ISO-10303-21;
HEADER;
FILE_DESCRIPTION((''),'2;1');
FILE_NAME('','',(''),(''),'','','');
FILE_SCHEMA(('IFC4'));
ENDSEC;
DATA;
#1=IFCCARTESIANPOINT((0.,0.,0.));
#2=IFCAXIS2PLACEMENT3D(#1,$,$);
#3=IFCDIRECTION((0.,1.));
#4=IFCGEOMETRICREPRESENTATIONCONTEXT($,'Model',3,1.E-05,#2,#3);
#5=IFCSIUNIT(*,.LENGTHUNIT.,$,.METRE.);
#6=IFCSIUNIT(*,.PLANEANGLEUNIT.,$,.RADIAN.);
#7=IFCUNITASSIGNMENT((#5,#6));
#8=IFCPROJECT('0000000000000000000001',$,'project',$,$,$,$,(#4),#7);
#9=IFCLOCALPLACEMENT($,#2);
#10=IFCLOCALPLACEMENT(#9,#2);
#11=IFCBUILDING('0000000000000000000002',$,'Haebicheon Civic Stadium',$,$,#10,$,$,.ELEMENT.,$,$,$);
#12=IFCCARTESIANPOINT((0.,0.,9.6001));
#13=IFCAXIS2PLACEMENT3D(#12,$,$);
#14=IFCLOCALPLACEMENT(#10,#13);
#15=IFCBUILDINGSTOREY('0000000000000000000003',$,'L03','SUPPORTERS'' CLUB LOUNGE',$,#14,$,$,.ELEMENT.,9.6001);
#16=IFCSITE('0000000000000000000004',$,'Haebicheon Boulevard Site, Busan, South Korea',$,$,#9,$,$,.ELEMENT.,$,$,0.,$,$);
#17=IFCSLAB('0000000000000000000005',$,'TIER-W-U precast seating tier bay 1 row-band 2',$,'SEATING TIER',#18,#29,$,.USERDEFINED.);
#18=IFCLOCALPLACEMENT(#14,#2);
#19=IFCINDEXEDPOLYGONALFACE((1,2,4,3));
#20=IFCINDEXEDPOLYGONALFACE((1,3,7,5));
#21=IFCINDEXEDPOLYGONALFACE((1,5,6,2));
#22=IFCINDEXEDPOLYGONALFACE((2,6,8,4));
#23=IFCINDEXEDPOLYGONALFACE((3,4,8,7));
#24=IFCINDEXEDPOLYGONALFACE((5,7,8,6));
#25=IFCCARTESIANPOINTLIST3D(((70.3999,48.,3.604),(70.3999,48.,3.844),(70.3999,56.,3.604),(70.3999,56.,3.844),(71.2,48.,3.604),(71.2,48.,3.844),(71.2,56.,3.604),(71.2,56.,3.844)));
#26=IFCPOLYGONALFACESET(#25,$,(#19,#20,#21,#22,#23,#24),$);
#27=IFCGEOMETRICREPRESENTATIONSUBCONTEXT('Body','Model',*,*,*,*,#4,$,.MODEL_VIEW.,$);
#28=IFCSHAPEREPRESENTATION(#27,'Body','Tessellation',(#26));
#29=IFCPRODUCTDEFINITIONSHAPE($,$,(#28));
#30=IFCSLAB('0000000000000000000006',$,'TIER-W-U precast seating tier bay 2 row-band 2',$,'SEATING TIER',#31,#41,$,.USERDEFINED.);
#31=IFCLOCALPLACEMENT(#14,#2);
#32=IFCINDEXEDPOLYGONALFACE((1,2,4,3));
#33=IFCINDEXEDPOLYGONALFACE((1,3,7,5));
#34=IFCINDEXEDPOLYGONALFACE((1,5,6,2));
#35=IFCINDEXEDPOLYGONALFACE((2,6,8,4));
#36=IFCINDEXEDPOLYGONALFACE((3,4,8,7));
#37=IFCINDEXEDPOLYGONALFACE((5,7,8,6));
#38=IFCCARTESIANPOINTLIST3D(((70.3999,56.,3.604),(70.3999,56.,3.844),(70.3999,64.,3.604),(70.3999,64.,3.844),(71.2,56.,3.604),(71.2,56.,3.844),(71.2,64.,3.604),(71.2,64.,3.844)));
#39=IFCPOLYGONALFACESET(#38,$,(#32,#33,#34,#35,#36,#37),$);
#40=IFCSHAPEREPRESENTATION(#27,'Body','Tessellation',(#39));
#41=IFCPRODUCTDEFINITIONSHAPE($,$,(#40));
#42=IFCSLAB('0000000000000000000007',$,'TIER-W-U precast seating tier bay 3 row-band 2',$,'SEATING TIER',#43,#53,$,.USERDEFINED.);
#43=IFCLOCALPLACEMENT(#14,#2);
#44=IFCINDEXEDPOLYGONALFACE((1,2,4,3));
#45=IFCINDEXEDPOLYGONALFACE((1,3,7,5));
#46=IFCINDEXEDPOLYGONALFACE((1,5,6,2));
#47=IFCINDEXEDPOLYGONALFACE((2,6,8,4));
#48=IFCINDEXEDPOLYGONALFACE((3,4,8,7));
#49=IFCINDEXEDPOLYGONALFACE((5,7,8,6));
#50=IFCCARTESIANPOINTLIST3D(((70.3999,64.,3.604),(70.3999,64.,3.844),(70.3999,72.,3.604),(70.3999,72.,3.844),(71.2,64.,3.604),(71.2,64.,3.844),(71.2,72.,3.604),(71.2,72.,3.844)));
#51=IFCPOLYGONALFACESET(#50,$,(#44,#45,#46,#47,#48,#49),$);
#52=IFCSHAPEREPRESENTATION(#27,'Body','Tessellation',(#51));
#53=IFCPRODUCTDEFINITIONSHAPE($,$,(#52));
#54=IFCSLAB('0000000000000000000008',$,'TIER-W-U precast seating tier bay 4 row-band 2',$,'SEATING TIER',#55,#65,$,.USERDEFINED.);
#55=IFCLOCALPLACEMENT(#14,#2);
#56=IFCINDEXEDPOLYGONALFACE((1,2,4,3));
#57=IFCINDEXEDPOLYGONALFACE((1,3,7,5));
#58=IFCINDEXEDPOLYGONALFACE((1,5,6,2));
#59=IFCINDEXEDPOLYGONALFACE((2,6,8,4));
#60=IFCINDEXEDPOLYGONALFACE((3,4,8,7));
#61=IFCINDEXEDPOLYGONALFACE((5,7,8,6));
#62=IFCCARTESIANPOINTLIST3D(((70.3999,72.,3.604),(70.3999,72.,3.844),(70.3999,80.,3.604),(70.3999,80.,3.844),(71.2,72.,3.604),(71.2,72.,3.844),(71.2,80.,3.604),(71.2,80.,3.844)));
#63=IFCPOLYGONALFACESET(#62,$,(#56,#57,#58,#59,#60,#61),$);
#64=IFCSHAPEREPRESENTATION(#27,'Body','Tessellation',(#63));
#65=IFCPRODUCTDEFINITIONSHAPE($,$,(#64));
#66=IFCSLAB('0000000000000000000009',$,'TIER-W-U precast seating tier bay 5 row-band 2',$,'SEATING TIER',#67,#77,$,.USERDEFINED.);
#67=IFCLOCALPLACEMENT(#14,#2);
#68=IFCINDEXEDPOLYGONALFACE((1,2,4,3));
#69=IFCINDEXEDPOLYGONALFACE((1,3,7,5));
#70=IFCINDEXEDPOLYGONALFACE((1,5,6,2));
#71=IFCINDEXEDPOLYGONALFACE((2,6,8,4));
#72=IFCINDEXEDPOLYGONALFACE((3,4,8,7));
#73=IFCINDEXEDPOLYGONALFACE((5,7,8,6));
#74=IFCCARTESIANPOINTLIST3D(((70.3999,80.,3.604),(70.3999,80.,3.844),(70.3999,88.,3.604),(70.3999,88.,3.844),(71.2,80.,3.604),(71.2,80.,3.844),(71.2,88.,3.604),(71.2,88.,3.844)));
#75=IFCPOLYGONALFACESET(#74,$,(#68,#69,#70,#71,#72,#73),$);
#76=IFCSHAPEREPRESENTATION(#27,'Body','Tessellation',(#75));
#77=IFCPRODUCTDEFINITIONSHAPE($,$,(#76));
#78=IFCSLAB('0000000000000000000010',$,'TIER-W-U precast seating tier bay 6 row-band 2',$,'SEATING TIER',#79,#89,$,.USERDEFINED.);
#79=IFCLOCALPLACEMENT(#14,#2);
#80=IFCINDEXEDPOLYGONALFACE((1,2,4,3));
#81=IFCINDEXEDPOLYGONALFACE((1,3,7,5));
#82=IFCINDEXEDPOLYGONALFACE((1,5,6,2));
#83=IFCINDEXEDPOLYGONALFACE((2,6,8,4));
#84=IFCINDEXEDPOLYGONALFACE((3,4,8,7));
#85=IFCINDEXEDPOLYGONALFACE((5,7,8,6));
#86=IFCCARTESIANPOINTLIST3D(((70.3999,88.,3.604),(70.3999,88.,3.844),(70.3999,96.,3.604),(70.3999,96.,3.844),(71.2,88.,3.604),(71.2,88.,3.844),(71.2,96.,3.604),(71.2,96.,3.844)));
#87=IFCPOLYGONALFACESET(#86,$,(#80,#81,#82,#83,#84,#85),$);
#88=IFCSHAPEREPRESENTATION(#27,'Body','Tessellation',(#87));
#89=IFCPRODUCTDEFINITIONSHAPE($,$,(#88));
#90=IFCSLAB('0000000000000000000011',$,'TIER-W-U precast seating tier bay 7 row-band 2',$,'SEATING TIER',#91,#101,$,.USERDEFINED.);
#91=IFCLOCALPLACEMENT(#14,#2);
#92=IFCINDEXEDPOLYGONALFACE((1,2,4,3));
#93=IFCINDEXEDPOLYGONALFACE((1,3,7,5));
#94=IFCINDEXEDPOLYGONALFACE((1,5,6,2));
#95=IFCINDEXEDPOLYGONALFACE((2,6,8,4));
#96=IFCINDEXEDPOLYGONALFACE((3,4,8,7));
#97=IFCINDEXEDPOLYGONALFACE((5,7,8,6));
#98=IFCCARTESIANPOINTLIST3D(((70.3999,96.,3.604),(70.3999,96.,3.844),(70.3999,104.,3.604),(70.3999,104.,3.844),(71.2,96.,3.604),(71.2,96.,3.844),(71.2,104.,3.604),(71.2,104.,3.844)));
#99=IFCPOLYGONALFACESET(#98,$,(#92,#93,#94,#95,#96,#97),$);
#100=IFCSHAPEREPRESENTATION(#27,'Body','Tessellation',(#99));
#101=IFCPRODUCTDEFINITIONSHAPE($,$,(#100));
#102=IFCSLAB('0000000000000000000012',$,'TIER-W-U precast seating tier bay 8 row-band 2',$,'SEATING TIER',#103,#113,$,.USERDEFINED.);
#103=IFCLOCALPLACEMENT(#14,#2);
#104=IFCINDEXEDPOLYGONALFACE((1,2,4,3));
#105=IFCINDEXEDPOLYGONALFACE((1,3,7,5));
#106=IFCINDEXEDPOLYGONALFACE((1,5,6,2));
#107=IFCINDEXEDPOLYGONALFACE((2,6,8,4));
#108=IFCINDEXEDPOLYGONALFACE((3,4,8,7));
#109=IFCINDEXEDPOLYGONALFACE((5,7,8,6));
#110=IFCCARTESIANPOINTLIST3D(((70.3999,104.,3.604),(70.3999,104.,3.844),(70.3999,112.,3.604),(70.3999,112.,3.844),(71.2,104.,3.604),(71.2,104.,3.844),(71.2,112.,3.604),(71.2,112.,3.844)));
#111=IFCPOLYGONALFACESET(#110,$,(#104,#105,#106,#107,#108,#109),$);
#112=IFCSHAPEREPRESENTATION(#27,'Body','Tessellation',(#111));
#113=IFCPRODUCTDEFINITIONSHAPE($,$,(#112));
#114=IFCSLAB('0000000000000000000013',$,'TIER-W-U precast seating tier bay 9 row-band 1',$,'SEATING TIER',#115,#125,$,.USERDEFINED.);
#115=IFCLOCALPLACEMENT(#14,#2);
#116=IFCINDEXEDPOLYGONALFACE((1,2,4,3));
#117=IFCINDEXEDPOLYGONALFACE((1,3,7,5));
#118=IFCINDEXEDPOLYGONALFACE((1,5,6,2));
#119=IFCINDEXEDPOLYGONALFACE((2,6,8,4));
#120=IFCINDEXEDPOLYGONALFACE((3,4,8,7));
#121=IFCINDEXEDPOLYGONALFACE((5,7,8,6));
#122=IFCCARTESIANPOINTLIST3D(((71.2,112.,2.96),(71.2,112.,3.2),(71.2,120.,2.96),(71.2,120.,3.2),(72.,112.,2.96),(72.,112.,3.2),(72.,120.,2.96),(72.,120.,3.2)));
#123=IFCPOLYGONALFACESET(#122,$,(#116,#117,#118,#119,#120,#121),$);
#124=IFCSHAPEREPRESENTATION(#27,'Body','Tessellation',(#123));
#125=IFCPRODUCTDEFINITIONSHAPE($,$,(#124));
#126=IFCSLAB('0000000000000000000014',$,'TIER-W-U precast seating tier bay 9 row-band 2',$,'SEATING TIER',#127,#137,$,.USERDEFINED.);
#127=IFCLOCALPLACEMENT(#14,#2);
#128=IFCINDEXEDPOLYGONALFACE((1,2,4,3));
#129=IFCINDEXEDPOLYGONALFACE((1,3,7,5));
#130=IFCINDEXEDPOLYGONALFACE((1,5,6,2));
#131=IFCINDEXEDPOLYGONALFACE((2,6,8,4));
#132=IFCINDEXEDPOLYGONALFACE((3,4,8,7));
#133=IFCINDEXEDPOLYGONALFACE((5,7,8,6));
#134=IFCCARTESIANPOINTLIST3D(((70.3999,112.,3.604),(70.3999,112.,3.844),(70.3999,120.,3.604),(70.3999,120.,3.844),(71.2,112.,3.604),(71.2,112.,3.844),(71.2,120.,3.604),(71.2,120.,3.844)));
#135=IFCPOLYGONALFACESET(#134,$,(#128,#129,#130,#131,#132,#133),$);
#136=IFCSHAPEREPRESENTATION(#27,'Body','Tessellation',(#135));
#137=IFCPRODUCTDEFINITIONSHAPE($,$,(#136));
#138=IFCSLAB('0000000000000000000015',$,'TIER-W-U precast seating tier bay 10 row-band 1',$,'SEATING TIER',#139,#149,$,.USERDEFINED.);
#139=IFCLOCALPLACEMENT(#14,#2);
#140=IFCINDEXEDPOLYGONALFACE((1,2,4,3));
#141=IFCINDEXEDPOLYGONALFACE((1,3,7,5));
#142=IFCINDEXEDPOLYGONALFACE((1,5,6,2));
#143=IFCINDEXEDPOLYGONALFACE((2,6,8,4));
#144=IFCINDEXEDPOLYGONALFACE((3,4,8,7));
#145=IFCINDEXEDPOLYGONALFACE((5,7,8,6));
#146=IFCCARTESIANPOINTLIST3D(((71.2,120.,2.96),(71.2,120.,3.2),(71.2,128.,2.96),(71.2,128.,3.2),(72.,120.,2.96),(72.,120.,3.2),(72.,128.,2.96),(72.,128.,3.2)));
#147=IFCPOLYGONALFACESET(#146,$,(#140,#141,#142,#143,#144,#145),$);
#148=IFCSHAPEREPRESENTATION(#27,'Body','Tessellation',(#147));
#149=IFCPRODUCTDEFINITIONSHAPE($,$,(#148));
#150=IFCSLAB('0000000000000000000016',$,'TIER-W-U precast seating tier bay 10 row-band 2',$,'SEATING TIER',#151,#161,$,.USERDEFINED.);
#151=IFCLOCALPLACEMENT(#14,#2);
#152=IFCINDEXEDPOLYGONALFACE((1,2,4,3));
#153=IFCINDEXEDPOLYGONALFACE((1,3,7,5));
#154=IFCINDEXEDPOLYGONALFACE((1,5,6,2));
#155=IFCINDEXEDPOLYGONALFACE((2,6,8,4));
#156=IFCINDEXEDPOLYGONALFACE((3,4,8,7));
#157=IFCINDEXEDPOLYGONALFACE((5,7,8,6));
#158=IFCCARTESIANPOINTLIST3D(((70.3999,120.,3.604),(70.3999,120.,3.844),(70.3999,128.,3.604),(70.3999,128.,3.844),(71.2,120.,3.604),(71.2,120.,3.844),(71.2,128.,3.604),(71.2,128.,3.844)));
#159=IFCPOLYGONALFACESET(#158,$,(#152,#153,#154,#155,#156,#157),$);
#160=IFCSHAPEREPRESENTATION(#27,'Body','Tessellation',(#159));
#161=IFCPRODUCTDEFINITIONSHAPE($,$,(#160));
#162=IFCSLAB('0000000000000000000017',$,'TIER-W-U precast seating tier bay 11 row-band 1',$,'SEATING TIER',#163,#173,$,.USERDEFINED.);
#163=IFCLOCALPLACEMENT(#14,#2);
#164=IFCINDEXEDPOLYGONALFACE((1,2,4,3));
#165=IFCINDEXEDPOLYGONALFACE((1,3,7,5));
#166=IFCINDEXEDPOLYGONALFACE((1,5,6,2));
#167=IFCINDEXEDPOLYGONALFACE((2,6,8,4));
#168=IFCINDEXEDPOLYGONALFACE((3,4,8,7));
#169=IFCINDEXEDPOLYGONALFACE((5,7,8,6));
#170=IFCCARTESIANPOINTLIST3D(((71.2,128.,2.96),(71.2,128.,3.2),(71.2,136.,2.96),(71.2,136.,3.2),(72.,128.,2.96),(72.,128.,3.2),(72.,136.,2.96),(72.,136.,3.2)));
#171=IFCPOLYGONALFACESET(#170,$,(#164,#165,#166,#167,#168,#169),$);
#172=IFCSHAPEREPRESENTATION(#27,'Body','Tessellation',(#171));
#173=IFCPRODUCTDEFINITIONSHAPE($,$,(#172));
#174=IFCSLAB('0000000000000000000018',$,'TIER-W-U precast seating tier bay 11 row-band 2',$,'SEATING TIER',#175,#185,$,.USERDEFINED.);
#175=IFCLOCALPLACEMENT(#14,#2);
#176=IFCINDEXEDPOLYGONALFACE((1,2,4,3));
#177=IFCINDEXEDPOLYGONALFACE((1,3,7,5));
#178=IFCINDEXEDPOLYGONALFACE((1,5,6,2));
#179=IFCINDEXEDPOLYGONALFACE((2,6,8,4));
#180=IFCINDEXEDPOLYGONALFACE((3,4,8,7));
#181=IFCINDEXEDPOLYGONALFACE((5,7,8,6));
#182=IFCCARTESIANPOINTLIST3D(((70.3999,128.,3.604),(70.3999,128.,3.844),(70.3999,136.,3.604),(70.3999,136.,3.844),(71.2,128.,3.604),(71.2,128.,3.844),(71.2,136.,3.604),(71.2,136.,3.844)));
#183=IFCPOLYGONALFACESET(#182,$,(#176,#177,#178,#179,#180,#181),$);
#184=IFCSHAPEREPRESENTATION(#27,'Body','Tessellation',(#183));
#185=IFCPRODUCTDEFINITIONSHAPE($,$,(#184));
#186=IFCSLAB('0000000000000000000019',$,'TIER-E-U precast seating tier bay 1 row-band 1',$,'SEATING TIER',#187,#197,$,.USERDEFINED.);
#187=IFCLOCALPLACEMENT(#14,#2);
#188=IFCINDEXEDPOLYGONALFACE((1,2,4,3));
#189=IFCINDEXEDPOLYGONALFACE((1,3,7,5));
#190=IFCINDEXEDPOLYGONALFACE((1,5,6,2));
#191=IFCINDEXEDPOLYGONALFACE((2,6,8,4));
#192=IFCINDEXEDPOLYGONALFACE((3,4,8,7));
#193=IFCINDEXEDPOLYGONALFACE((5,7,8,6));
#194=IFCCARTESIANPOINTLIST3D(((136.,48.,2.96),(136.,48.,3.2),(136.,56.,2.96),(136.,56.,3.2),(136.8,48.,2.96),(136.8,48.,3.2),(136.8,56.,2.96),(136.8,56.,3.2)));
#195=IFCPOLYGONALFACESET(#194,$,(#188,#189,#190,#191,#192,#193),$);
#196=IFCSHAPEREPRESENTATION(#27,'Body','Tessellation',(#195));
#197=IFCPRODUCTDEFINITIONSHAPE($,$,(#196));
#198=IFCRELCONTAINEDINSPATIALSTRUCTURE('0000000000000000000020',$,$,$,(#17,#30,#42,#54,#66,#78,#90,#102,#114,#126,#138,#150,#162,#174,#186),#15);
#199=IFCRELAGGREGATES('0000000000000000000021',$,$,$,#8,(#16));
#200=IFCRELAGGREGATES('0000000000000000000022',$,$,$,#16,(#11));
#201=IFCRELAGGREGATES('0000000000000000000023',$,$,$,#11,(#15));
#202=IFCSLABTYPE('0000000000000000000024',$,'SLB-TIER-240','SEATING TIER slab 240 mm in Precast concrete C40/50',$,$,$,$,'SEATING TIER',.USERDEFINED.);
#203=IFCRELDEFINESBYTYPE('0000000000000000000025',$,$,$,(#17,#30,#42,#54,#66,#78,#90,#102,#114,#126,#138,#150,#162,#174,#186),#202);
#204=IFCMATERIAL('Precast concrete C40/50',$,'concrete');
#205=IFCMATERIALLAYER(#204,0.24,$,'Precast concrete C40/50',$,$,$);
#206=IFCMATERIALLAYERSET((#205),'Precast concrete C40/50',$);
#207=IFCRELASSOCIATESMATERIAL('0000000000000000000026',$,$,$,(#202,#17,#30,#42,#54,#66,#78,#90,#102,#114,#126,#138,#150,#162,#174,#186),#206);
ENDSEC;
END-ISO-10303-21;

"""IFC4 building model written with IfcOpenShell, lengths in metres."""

from ifc_helpers import new_model, si_unit, direction, frame, origin, place, context, subcontext, project, spatial, polyline, outline, extrude, material, layer, layer_set, type_object, element, save


model = new_model("IFC4")

# Units and contexts
model_context = context("Model", 3, precision=1e-05, world=origin(), true_north=direction((0.0, 1.0)))
body_context = subcontext(model_context, "Body", "Model", "MODEL_VIEW")
ifc_project = project(units=[si_unit("LENGTHUNIT", "METRE"), si_unit("PLANEANGLEUNIT", "RADIAN")], contexts=[model_context])

# Site, building, storey
site_placement = place(None, origin())
site = spatial("IfcSite", under=ifc_project, at=site_placement, Name="Haebicheon Boulevard Site, Busan, South Korea", CompositionType="ELEMENT", RefElevation=0.0)
building_placement = place(site_placement, origin())
building = spatial("IfcBuilding", under=site, at=building_placement, Name="Haebicheon Civic Stadium", CompositionType="ELEMENT")
storey_placement = place(building_placement, frame((0.0, 0.0, 9.6001)))
storey = spatial("IfcBuildingStorey", under=building, at=storey_placement, Name="L03", Description="SUPPORTERS' CLUB LOUNGE", CompositionType="ELEMENT", Elevation=9.6001)

# Slabs
ifc_material = material(Name="Precast concrete C40/50", Category="concrete")
ifc_layer = layer(ifc_material, 0.24, Name="Precast concrete C40/50")
ifc_layer_set = layer_set([ifc_layer], Name="Precast concrete C40/50")
slab_type = type_object("IfcSlabType", Name="SLB-TIER-240", Description="SEATING TIER slab 240 mm in Precast concrete C40/50", ElementType="SEATING TIER", PredefinedType="USERDEFINED", material=ifc_layer_set)
slab_1_placement = place(storey_placement, frame((0.0, 0.0, 3.604)))
element("IfcSlab", 1, at=slab_1_placement, inside=storey, type_object=slab_type, material=ifc_layer_set, Name="TIER-W-U precast seating tier bay 1 row-band 2", ObjectType="SEATING TIER", PredefinedType="USERDEFINED", context=body_context, shape_type="SweptSolid", body=[
    extrude(outline(polyline([(70.3999, 48.0), (71.2, 48.0), (71.2, 56.0), (70.3999, 56.0), (70.3999, 48.0)])), origin(), (0.0, 0.0, 1.0), 0.24),
])
slab_2_placement = place(storey_placement, frame((0.0, 0.0, 3.604)))
element("IfcSlab", 2, at=slab_2_placement, inside=storey, type_object=slab_type, material=ifc_layer_set, Name="TIER-W-U precast seating tier bay 2 row-band 2", ObjectType="SEATING TIER", PredefinedType="USERDEFINED", context=body_context, shape_type="SweptSolid", body=[
    extrude(outline(polyline([(70.3999, 56.0), (71.2, 56.0), (71.2, 64.0), (70.3999, 64.0), (70.3999, 56.0)])), origin(), (0.0, 0.0, 1.0), 0.24),
])
slab_3_placement = place(storey_placement, frame((0.0, 0.0, 3.604)))
element("IfcSlab", 3, at=slab_3_placement, inside=storey, type_object=slab_type, material=ifc_layer_set, Name="TIER-W-U precast seating tier bay 3 row-band 2", ObjectType="SEATING TIER", PredefinedType="USERDEFINED", context=body_context, shape_type="SweptSolid", body=[
    extrude(outline(polyline([(70.3999, 64.0), (71.2, 64.0), (71.2, 72.0), (70.3999, 72.0), (70.3999, 64.0)])), origin(), (0.0, 0.0, 1.0), 0.24),
])
slab_4_placement = place(storey_placement, frame((0.0, 0.0, 3.604)))
element("IfcSlab", 4, at=slab_4_placement, inside=storey, type_object=slab_type, material=ifc_layer_set, Name="TIER-W-U precast seating tier bay 4 row-band 2", ObjectType="SEATING TIER", PredefinedType="USERDEFINED", context=body_context, shape_type="SweptSolid", body=[
    extrude(outline(polyline([(70.3999, 72.0), (71.2, 72.0), (71.2, 80.0), (70.3999, 80.0), (70.3999, 72.0)])), origin(), (0.0, 0.0, 1.0), 0.24),
])
slab_5_placement = place(storey_placement, frame((0.0, 0.0, 3.604)))
element("IfcSlab", 5, at=slab_5_placement, inside=storey, type_object=slab_type, material=ifc_layer_set, Name="TIER-W-U precast seating tier bay 5 row-band 2", ObjectType="SEATING TIER", PredefinedType="USERDEFINED", context=body_context, shape_type="SweptSolid", body=[
    extrude(outline(polyline([(70.3999, 80.0), (71.2, 80.0), (71.2, 88.0), (70.3999, 88.0), (70.3999, 80.0)])), origin(), (0.0, 0.0, 1.0), 0.24),
])
slab_6_placement = place(storey_placement, frame((0.0, 0.0, 3.604)))
element("IfcSlab", 6, at=slab_6_placement, inside=storey, type_object=slab_type, material=ifc_layer_set, Name="TIER-W-U precast seating tier bay 6 row-band 2", ObjectType="SEATING TIER", PredefinedType="USERDEFINED", context=body_context, shape_type="SweptSolid", body=[
    extrude(outline(polyline([(70.3999, 88.0), (71.2, 88.0), (71.2, 96.0), (70.3999, 96.0), (70.3999, 88.0)])), origin(), (0.0, 0.0, 1.0), 0.24),
])
slab_7_placement = place(storey_placement, frame((0.0, 0.0, 3.604)))
element("IfcSlab", 7, at=slab_7_placement, inside=storey, type_object=slab_type, material=ifc_layer_set, Name="TIER-W-U precast seating tier bay 7 row-band 2", ObjectType="SEATING TIER", PredefinedType="USERDEFINED", context=body_context, shape_type="SweptSolid", body=[
    extrude(outline(polyline([(70.3999, 96.0), (71.2, 96.0), (71.2, 104.0), (70.3999, 104.0), (70.3999, 96.0)])), origin(), (0.0, 0.0, 1.0), 0.24),
])
slab_8_placement = place(storey_placement, frame((0.0, 0.0, 3.604)))
element("IfcSlab", 8, at=slab_8_placement, inside=storey, type_object=slab_type, material=ifc_layer_set, Name="TIER-W-U precast seating tier bay 8 row-band 2", ObjectType="SEATING TIER", PredefinedType="USERDEFINED", context=body_context, shape_type="SweptSolid", body=[
    extrude(outline(polyline([(70.3999, 104.0), (71.2, 104.0), (71.2, 112.0), (70.3999, 112.0), (70.3999, 104.0)])), origin(), (0.0, 0.0, 1.0), 0.24),
])
slab_9_placement = place(storey_placement, frame((0.0, 0.0, 2.96)))
element("IfcSlab", 9, at=slab_9_placement, inside=storey, type_object=slab_type, material=ifc_layer_set, Name="TIER-W-U precast seating tier bay 9 row-band 1", ObjectType="SEATING TIER", PredefinedType="USERDEFINED", context=body_context, shape_type="SweptSolid", body=[
    extrude(outline(polyline([(71.2, 112.0), (72.0, 112.0), (72.0, 120.0), (71.2, 120.0), (71.2, 112.0)])), origin(), (0.0, 0.0, 1.0), 0.24),
])
slab_10_placement = place(storey_placement, frame((0.0, 0.0, 3.604)))
element("IfcSlab", 10, at=slab_10_placement, inside=storey, type_object=slab_type, material=ifc_layer_set, Name="TIER-W-U precast seating tier bay 9 row-band 2", ObjectType="SEATING TIER", PredefinedType="USERDEFINED", context=body_context, shape_type="SweptSolid", body=[
    extrude(outline(polyline([(70.3999, 112.0), (71.2, 112.0), (71.2, 120.0), (70.3999, 120.0), (70.3999, 112.0)])), origin(), (0.0, 0.0, 1.0), 0.24),
])
slab_11_placement = place(storey_placement, frame((0.0, 0.0, 2.96)))
element("IfcSlab", 11, at=slab_11_placement, inside=storey, type_object=slab_type, material=ifc_layer_set, Name="TIER-W-U precast seating tier bay 10 row-band 1", ObjectType="SEATING TIER", PredefinedType="USERDEFINED", context=body_context, shape_type="SweptSolid", body=[
    extrude(outline(polyline([(71.2, 120.0), (72.0, 120.0), (72.0, 128.0), (71.2, 128.0), (71.2, 120.0)])), origin(), (0.0, 0.0, 1.0), 0.24),
])
slab_12_placement = place(storey_placement, frame((0.0, 0.0, 3.604)))
element("IfcSlab", 12, at=slab_12_placement, inside=storey, type_object=slab_type, material=ifc_layer_set, Name="TIER-W-U precast seating tier bay 10 row-band 2", ObjectType="SEATING TIER", PredefinedType="USERDEFINED", context=body_context, shape_type="SweptSolid", body=[
    extrude(outline(polyline([(70.3999, 120.0), (71.2, 120.0), (71.2, 128.0), (70.3999, 128.0), (70.3999, 120.0)])), origin(), (0.0, 0.0, 1.0), 0.24),
])
slab_13_placement = place(storey_placement, frame((0.0, 0.0, 2.96)))
element("IfcSlab", 13, at=slab_13_placement, inside=storey, type_object=slab_type, material=ifc_layer_set, Name="TIER-W-U precast seating tier bay 11 row-band 1", ObjectType="SEATING TIER", PredefinedType="USERDEFINED", context=body_context, shape_type="SweptSolid", body=[
    extrude(outline(polyline([(71.2, 128.0), (72.0, 128.0), (72.0, 136.0), (71.2, 136.0), (71.2, 128.0)])), origin(), (0.0, 0.0, 1.0), 0.24),
])
slab_14_placement = place(storey_placement, frame((0.0, 0.0, 3.604)))
element("IfcSlab", 14, at=slab_14_placement, inside=storey, type_object=slab_type, material=ifc_layer_set, Name="TIER-W-U precast seating tier bay 11 row-band 2", ObjectType="SEATING TIER", PredefinedType="USERDEFINED", context=body_context, shape_type="SweptSolid", body=[
    extrude(outline(polyline([(70.3999, 128.0), (71.2, 128.0), (71.2, 136.0), (70.3999, 136.0), (70.3999, 128.0)])), origin(), (0.0, 0.0, 1.0), 0.24),
])
slab_15_placement = place(storey_placement, frame((0.0, 0.0, 2.96)))
element("IfcSlab", 15, at=slab_15_placement, inside=storey, type_object=slab_type, material=ifc_layer_set, Name="TIER-E-U precast seating tier bay 1 row-band 1", ObjectType="SEATING TIER", PredefinedType="USERDEFINED", context=body_context, shape_type="SweptSolid", body=[
    extrude(outline(polyline([(136.0, 48.0), (136.8, 48.0), (136.8, 56.0), (136.0, 56.0), (136.0, 48.0)])), origin(), (0.0, 0.0, 1.0), 0.24),
])

save(model, "model.ifc")
